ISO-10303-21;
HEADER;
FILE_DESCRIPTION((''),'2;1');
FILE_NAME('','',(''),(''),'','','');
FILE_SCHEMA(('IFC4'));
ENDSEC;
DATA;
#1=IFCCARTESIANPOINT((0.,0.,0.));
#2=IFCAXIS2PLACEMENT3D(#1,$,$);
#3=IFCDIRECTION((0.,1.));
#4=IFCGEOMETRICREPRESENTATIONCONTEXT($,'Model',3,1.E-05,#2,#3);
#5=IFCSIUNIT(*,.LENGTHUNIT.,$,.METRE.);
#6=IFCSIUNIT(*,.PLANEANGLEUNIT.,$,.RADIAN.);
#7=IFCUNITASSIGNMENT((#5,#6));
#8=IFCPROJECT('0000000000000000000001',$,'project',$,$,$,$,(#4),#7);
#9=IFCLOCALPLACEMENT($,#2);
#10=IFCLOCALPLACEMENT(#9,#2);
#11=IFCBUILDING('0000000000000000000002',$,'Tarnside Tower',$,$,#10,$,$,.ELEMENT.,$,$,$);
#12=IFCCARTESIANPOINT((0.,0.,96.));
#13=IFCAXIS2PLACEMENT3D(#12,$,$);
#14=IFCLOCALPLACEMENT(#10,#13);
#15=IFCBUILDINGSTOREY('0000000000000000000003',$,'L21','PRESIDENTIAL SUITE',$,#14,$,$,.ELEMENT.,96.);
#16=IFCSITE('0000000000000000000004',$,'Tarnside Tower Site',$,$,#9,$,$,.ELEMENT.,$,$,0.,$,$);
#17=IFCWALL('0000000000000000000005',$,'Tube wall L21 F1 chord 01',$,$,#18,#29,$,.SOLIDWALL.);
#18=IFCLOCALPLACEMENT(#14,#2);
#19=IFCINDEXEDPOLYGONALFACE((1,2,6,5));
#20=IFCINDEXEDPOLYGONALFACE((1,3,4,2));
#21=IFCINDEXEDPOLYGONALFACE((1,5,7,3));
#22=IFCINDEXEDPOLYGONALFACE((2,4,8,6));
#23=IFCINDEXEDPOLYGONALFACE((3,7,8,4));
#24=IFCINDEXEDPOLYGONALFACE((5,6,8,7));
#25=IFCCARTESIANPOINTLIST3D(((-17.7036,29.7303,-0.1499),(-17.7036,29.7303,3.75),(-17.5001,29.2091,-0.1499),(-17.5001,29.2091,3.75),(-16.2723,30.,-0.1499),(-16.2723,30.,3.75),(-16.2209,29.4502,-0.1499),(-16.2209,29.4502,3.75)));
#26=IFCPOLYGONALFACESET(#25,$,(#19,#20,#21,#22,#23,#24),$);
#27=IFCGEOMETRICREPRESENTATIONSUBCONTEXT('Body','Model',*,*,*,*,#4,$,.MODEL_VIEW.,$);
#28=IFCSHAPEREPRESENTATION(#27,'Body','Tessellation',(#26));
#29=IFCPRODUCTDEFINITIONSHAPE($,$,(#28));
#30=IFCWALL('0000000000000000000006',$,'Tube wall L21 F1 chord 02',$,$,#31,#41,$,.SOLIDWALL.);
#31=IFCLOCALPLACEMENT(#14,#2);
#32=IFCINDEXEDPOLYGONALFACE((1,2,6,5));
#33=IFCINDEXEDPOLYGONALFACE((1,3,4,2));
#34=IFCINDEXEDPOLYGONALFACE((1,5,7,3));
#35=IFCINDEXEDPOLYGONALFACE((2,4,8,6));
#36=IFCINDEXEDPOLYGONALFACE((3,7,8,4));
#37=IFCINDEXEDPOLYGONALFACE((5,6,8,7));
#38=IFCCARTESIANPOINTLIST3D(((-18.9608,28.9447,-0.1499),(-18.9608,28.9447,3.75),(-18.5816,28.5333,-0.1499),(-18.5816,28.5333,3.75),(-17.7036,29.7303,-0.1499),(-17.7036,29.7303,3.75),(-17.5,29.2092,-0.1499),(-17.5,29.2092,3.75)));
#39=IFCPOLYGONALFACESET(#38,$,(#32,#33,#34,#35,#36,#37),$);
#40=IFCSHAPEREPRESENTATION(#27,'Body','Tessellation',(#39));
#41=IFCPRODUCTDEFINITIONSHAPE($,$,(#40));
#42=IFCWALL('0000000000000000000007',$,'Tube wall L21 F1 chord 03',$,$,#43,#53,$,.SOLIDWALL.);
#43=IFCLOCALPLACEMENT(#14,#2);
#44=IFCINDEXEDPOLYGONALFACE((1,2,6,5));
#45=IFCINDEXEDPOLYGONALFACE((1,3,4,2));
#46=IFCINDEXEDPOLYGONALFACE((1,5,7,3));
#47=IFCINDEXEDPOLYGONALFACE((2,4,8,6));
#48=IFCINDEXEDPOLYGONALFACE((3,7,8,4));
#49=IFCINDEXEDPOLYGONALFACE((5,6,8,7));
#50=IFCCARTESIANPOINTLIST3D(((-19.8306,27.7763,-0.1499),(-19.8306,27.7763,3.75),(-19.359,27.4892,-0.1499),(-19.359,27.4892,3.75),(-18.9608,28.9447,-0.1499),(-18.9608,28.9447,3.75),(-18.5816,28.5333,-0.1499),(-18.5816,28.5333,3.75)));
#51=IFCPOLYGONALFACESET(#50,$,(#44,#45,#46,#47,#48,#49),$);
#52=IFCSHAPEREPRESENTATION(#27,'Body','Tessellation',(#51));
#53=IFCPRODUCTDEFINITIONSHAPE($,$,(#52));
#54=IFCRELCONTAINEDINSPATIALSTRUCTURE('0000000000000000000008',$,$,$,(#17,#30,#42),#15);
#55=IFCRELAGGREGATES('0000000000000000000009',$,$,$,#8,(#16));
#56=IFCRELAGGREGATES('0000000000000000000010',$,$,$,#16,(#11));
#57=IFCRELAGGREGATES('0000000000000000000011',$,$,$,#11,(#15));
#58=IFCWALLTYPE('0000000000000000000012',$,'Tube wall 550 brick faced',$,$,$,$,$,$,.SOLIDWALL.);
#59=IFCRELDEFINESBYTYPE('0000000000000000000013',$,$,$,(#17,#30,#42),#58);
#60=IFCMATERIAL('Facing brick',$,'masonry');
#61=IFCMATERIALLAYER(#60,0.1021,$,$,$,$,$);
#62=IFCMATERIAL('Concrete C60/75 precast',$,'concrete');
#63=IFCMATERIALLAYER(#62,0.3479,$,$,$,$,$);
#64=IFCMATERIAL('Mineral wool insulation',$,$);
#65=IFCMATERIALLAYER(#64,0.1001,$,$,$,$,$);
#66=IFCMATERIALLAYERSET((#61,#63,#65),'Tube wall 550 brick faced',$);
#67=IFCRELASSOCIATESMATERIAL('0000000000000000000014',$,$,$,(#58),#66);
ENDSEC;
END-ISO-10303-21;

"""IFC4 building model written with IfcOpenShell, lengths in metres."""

from ifc_helpers import new_model, si_unit, direction, frame, origin, place, context, subcontext, project, spatial, polyline, outline, extrude, material, layer, layer_set, type_object, element, save


model = new_model("IFC4")

# Units and contexts
model_context = context("Model", 3, precision=1e-05, world=origin(), true_north=direction((0.0, 1.0)))
body_context = subcontext(model_context, "Body", "Model", "MODEL_VIEW")
ifc_project = project(units=[si_unit("LENGTHUNIT", "METRE"), si_unit("PLANEANGLEUNIT", "RADIAN")], contexts=[model_context])

# Site, building, storey
site_placement = place(None, origin())
site = spatial("IfcSite", under=ifc_project, at=site_placement, Name="Tarnside Tower Site", CompositionType="ELEMENT", RefElevation=0.0)
building_placement = place(site_placement, origin())
building = spatial("IfcBuilding", under=site, at=building_placement, Name="Tarnside Tower", CompositionType="ELEMENT")
storey_placement = place(building_placement, frame((0.0, 0.0, 96.0)))
storey = spatial("IfcBuildingStorey", under=building, at=storey_placement, Name="L21", Description="PRESIDENTIAL SUITE", CompositionType="ELEMENT", Elevation=96.0)

# Walls
ifc_material_1 = material(Name="Facing brick", Category="masonry")
ifc_layer_1 = layer(ifc_material_1, 0.1021)
ifc_material_2 = material(Name="Concrete C60/75 precast", Category="concrete")
ifc_layer_2 = layer(ifc_material_2, 0.3479)
ifc_material_3 = material(Name="Mineral wool insulation")
ifc_layer_3 = layer(ifc_material_3, 0.1001)
ifc_layer_set_1 = layer_set([ifc_layer_1, ifc_layer_2, ifc_layer_3], Name="Tube wall 550 brick faced")
wall_type_1 = type_object("IfcWallType", Name="Tube wall 550 brick faced", PredefinedType="SOLIDWALL", material=ifc_layer_set_1)
wall_1_placement = place(storey_placement, frame((-16.2466, 29.7251, -0.1499), z_axis=(0.0, 0.0, 1.0), x_axis=(-0.982705, -0.185176, 0.0)))
element("IfcWall", 1, at=wall_1_placement, inside=storey, type_object=wall_type_1, Name="Tube wall L21 F1 chord 01", PredefinedType="SOLIDWALL", context=body_context, shape_type="SweptSolid", body=[
    extrude(outline(polyline([(-0.0256, -0.2749), (1.4309, -0.2749), (1.3274, 0.2749), (0.0256, 0.2749), (-0.0256, -0.2749)])), origin(), (0.0, 0.0, 1.0), 3.8999),
])
wall_2_placement = place(storey_placement, frame((-17.6018, 29.4697, -0.1499), z_axis=(0.0, 0.0, 1.0), x_axis=(-0.848058, -0.529903, 0.0)))
element("IfcWall", 2, at=wall_2_placement, inside=storey, type_object=wall_type_1, Name="Tube wall L21 F1 chord 02", PredefinedType="SOLIDWALL", context=body_context, shape_type="SweptSolid", body=[
    extrude(outline(polyline([(-0.0518, -0.2749), (1.4307, -0.2749), (1.3271, 0.2749), (0.0518, 0.2749), (-0.0518, -0.2749)])), origin(), (0.0, 0.0, 1.0), 3.8999),
])
wall_3_placement = place(storey_placement, frame((-18.7712, 28.739, -0.1499), z_axis=(0.0, 0.0, 1.0), x_axis=(-0.597135, -0.802141, 0.0)))
element("IfcWall", 3, at=wall_3_placement, inside=storey, type_object=wall_type_1, Name="Tube wall L21 F1 chord 03", PredefinedType="SOLIDWALL", context=body_context, shape_type="SweptSolid", body=[
    extrude(outline(polyline([(-0.0518, -0.2749), (1.4048, -0.2749), (1.3535, 0.2749), (0.0518, 0.2749), (-0.0518, -0.2749)])), origin(), (0.0, 0.0, 1.0), 3.8999),
])

save(model, "model.ifc")
